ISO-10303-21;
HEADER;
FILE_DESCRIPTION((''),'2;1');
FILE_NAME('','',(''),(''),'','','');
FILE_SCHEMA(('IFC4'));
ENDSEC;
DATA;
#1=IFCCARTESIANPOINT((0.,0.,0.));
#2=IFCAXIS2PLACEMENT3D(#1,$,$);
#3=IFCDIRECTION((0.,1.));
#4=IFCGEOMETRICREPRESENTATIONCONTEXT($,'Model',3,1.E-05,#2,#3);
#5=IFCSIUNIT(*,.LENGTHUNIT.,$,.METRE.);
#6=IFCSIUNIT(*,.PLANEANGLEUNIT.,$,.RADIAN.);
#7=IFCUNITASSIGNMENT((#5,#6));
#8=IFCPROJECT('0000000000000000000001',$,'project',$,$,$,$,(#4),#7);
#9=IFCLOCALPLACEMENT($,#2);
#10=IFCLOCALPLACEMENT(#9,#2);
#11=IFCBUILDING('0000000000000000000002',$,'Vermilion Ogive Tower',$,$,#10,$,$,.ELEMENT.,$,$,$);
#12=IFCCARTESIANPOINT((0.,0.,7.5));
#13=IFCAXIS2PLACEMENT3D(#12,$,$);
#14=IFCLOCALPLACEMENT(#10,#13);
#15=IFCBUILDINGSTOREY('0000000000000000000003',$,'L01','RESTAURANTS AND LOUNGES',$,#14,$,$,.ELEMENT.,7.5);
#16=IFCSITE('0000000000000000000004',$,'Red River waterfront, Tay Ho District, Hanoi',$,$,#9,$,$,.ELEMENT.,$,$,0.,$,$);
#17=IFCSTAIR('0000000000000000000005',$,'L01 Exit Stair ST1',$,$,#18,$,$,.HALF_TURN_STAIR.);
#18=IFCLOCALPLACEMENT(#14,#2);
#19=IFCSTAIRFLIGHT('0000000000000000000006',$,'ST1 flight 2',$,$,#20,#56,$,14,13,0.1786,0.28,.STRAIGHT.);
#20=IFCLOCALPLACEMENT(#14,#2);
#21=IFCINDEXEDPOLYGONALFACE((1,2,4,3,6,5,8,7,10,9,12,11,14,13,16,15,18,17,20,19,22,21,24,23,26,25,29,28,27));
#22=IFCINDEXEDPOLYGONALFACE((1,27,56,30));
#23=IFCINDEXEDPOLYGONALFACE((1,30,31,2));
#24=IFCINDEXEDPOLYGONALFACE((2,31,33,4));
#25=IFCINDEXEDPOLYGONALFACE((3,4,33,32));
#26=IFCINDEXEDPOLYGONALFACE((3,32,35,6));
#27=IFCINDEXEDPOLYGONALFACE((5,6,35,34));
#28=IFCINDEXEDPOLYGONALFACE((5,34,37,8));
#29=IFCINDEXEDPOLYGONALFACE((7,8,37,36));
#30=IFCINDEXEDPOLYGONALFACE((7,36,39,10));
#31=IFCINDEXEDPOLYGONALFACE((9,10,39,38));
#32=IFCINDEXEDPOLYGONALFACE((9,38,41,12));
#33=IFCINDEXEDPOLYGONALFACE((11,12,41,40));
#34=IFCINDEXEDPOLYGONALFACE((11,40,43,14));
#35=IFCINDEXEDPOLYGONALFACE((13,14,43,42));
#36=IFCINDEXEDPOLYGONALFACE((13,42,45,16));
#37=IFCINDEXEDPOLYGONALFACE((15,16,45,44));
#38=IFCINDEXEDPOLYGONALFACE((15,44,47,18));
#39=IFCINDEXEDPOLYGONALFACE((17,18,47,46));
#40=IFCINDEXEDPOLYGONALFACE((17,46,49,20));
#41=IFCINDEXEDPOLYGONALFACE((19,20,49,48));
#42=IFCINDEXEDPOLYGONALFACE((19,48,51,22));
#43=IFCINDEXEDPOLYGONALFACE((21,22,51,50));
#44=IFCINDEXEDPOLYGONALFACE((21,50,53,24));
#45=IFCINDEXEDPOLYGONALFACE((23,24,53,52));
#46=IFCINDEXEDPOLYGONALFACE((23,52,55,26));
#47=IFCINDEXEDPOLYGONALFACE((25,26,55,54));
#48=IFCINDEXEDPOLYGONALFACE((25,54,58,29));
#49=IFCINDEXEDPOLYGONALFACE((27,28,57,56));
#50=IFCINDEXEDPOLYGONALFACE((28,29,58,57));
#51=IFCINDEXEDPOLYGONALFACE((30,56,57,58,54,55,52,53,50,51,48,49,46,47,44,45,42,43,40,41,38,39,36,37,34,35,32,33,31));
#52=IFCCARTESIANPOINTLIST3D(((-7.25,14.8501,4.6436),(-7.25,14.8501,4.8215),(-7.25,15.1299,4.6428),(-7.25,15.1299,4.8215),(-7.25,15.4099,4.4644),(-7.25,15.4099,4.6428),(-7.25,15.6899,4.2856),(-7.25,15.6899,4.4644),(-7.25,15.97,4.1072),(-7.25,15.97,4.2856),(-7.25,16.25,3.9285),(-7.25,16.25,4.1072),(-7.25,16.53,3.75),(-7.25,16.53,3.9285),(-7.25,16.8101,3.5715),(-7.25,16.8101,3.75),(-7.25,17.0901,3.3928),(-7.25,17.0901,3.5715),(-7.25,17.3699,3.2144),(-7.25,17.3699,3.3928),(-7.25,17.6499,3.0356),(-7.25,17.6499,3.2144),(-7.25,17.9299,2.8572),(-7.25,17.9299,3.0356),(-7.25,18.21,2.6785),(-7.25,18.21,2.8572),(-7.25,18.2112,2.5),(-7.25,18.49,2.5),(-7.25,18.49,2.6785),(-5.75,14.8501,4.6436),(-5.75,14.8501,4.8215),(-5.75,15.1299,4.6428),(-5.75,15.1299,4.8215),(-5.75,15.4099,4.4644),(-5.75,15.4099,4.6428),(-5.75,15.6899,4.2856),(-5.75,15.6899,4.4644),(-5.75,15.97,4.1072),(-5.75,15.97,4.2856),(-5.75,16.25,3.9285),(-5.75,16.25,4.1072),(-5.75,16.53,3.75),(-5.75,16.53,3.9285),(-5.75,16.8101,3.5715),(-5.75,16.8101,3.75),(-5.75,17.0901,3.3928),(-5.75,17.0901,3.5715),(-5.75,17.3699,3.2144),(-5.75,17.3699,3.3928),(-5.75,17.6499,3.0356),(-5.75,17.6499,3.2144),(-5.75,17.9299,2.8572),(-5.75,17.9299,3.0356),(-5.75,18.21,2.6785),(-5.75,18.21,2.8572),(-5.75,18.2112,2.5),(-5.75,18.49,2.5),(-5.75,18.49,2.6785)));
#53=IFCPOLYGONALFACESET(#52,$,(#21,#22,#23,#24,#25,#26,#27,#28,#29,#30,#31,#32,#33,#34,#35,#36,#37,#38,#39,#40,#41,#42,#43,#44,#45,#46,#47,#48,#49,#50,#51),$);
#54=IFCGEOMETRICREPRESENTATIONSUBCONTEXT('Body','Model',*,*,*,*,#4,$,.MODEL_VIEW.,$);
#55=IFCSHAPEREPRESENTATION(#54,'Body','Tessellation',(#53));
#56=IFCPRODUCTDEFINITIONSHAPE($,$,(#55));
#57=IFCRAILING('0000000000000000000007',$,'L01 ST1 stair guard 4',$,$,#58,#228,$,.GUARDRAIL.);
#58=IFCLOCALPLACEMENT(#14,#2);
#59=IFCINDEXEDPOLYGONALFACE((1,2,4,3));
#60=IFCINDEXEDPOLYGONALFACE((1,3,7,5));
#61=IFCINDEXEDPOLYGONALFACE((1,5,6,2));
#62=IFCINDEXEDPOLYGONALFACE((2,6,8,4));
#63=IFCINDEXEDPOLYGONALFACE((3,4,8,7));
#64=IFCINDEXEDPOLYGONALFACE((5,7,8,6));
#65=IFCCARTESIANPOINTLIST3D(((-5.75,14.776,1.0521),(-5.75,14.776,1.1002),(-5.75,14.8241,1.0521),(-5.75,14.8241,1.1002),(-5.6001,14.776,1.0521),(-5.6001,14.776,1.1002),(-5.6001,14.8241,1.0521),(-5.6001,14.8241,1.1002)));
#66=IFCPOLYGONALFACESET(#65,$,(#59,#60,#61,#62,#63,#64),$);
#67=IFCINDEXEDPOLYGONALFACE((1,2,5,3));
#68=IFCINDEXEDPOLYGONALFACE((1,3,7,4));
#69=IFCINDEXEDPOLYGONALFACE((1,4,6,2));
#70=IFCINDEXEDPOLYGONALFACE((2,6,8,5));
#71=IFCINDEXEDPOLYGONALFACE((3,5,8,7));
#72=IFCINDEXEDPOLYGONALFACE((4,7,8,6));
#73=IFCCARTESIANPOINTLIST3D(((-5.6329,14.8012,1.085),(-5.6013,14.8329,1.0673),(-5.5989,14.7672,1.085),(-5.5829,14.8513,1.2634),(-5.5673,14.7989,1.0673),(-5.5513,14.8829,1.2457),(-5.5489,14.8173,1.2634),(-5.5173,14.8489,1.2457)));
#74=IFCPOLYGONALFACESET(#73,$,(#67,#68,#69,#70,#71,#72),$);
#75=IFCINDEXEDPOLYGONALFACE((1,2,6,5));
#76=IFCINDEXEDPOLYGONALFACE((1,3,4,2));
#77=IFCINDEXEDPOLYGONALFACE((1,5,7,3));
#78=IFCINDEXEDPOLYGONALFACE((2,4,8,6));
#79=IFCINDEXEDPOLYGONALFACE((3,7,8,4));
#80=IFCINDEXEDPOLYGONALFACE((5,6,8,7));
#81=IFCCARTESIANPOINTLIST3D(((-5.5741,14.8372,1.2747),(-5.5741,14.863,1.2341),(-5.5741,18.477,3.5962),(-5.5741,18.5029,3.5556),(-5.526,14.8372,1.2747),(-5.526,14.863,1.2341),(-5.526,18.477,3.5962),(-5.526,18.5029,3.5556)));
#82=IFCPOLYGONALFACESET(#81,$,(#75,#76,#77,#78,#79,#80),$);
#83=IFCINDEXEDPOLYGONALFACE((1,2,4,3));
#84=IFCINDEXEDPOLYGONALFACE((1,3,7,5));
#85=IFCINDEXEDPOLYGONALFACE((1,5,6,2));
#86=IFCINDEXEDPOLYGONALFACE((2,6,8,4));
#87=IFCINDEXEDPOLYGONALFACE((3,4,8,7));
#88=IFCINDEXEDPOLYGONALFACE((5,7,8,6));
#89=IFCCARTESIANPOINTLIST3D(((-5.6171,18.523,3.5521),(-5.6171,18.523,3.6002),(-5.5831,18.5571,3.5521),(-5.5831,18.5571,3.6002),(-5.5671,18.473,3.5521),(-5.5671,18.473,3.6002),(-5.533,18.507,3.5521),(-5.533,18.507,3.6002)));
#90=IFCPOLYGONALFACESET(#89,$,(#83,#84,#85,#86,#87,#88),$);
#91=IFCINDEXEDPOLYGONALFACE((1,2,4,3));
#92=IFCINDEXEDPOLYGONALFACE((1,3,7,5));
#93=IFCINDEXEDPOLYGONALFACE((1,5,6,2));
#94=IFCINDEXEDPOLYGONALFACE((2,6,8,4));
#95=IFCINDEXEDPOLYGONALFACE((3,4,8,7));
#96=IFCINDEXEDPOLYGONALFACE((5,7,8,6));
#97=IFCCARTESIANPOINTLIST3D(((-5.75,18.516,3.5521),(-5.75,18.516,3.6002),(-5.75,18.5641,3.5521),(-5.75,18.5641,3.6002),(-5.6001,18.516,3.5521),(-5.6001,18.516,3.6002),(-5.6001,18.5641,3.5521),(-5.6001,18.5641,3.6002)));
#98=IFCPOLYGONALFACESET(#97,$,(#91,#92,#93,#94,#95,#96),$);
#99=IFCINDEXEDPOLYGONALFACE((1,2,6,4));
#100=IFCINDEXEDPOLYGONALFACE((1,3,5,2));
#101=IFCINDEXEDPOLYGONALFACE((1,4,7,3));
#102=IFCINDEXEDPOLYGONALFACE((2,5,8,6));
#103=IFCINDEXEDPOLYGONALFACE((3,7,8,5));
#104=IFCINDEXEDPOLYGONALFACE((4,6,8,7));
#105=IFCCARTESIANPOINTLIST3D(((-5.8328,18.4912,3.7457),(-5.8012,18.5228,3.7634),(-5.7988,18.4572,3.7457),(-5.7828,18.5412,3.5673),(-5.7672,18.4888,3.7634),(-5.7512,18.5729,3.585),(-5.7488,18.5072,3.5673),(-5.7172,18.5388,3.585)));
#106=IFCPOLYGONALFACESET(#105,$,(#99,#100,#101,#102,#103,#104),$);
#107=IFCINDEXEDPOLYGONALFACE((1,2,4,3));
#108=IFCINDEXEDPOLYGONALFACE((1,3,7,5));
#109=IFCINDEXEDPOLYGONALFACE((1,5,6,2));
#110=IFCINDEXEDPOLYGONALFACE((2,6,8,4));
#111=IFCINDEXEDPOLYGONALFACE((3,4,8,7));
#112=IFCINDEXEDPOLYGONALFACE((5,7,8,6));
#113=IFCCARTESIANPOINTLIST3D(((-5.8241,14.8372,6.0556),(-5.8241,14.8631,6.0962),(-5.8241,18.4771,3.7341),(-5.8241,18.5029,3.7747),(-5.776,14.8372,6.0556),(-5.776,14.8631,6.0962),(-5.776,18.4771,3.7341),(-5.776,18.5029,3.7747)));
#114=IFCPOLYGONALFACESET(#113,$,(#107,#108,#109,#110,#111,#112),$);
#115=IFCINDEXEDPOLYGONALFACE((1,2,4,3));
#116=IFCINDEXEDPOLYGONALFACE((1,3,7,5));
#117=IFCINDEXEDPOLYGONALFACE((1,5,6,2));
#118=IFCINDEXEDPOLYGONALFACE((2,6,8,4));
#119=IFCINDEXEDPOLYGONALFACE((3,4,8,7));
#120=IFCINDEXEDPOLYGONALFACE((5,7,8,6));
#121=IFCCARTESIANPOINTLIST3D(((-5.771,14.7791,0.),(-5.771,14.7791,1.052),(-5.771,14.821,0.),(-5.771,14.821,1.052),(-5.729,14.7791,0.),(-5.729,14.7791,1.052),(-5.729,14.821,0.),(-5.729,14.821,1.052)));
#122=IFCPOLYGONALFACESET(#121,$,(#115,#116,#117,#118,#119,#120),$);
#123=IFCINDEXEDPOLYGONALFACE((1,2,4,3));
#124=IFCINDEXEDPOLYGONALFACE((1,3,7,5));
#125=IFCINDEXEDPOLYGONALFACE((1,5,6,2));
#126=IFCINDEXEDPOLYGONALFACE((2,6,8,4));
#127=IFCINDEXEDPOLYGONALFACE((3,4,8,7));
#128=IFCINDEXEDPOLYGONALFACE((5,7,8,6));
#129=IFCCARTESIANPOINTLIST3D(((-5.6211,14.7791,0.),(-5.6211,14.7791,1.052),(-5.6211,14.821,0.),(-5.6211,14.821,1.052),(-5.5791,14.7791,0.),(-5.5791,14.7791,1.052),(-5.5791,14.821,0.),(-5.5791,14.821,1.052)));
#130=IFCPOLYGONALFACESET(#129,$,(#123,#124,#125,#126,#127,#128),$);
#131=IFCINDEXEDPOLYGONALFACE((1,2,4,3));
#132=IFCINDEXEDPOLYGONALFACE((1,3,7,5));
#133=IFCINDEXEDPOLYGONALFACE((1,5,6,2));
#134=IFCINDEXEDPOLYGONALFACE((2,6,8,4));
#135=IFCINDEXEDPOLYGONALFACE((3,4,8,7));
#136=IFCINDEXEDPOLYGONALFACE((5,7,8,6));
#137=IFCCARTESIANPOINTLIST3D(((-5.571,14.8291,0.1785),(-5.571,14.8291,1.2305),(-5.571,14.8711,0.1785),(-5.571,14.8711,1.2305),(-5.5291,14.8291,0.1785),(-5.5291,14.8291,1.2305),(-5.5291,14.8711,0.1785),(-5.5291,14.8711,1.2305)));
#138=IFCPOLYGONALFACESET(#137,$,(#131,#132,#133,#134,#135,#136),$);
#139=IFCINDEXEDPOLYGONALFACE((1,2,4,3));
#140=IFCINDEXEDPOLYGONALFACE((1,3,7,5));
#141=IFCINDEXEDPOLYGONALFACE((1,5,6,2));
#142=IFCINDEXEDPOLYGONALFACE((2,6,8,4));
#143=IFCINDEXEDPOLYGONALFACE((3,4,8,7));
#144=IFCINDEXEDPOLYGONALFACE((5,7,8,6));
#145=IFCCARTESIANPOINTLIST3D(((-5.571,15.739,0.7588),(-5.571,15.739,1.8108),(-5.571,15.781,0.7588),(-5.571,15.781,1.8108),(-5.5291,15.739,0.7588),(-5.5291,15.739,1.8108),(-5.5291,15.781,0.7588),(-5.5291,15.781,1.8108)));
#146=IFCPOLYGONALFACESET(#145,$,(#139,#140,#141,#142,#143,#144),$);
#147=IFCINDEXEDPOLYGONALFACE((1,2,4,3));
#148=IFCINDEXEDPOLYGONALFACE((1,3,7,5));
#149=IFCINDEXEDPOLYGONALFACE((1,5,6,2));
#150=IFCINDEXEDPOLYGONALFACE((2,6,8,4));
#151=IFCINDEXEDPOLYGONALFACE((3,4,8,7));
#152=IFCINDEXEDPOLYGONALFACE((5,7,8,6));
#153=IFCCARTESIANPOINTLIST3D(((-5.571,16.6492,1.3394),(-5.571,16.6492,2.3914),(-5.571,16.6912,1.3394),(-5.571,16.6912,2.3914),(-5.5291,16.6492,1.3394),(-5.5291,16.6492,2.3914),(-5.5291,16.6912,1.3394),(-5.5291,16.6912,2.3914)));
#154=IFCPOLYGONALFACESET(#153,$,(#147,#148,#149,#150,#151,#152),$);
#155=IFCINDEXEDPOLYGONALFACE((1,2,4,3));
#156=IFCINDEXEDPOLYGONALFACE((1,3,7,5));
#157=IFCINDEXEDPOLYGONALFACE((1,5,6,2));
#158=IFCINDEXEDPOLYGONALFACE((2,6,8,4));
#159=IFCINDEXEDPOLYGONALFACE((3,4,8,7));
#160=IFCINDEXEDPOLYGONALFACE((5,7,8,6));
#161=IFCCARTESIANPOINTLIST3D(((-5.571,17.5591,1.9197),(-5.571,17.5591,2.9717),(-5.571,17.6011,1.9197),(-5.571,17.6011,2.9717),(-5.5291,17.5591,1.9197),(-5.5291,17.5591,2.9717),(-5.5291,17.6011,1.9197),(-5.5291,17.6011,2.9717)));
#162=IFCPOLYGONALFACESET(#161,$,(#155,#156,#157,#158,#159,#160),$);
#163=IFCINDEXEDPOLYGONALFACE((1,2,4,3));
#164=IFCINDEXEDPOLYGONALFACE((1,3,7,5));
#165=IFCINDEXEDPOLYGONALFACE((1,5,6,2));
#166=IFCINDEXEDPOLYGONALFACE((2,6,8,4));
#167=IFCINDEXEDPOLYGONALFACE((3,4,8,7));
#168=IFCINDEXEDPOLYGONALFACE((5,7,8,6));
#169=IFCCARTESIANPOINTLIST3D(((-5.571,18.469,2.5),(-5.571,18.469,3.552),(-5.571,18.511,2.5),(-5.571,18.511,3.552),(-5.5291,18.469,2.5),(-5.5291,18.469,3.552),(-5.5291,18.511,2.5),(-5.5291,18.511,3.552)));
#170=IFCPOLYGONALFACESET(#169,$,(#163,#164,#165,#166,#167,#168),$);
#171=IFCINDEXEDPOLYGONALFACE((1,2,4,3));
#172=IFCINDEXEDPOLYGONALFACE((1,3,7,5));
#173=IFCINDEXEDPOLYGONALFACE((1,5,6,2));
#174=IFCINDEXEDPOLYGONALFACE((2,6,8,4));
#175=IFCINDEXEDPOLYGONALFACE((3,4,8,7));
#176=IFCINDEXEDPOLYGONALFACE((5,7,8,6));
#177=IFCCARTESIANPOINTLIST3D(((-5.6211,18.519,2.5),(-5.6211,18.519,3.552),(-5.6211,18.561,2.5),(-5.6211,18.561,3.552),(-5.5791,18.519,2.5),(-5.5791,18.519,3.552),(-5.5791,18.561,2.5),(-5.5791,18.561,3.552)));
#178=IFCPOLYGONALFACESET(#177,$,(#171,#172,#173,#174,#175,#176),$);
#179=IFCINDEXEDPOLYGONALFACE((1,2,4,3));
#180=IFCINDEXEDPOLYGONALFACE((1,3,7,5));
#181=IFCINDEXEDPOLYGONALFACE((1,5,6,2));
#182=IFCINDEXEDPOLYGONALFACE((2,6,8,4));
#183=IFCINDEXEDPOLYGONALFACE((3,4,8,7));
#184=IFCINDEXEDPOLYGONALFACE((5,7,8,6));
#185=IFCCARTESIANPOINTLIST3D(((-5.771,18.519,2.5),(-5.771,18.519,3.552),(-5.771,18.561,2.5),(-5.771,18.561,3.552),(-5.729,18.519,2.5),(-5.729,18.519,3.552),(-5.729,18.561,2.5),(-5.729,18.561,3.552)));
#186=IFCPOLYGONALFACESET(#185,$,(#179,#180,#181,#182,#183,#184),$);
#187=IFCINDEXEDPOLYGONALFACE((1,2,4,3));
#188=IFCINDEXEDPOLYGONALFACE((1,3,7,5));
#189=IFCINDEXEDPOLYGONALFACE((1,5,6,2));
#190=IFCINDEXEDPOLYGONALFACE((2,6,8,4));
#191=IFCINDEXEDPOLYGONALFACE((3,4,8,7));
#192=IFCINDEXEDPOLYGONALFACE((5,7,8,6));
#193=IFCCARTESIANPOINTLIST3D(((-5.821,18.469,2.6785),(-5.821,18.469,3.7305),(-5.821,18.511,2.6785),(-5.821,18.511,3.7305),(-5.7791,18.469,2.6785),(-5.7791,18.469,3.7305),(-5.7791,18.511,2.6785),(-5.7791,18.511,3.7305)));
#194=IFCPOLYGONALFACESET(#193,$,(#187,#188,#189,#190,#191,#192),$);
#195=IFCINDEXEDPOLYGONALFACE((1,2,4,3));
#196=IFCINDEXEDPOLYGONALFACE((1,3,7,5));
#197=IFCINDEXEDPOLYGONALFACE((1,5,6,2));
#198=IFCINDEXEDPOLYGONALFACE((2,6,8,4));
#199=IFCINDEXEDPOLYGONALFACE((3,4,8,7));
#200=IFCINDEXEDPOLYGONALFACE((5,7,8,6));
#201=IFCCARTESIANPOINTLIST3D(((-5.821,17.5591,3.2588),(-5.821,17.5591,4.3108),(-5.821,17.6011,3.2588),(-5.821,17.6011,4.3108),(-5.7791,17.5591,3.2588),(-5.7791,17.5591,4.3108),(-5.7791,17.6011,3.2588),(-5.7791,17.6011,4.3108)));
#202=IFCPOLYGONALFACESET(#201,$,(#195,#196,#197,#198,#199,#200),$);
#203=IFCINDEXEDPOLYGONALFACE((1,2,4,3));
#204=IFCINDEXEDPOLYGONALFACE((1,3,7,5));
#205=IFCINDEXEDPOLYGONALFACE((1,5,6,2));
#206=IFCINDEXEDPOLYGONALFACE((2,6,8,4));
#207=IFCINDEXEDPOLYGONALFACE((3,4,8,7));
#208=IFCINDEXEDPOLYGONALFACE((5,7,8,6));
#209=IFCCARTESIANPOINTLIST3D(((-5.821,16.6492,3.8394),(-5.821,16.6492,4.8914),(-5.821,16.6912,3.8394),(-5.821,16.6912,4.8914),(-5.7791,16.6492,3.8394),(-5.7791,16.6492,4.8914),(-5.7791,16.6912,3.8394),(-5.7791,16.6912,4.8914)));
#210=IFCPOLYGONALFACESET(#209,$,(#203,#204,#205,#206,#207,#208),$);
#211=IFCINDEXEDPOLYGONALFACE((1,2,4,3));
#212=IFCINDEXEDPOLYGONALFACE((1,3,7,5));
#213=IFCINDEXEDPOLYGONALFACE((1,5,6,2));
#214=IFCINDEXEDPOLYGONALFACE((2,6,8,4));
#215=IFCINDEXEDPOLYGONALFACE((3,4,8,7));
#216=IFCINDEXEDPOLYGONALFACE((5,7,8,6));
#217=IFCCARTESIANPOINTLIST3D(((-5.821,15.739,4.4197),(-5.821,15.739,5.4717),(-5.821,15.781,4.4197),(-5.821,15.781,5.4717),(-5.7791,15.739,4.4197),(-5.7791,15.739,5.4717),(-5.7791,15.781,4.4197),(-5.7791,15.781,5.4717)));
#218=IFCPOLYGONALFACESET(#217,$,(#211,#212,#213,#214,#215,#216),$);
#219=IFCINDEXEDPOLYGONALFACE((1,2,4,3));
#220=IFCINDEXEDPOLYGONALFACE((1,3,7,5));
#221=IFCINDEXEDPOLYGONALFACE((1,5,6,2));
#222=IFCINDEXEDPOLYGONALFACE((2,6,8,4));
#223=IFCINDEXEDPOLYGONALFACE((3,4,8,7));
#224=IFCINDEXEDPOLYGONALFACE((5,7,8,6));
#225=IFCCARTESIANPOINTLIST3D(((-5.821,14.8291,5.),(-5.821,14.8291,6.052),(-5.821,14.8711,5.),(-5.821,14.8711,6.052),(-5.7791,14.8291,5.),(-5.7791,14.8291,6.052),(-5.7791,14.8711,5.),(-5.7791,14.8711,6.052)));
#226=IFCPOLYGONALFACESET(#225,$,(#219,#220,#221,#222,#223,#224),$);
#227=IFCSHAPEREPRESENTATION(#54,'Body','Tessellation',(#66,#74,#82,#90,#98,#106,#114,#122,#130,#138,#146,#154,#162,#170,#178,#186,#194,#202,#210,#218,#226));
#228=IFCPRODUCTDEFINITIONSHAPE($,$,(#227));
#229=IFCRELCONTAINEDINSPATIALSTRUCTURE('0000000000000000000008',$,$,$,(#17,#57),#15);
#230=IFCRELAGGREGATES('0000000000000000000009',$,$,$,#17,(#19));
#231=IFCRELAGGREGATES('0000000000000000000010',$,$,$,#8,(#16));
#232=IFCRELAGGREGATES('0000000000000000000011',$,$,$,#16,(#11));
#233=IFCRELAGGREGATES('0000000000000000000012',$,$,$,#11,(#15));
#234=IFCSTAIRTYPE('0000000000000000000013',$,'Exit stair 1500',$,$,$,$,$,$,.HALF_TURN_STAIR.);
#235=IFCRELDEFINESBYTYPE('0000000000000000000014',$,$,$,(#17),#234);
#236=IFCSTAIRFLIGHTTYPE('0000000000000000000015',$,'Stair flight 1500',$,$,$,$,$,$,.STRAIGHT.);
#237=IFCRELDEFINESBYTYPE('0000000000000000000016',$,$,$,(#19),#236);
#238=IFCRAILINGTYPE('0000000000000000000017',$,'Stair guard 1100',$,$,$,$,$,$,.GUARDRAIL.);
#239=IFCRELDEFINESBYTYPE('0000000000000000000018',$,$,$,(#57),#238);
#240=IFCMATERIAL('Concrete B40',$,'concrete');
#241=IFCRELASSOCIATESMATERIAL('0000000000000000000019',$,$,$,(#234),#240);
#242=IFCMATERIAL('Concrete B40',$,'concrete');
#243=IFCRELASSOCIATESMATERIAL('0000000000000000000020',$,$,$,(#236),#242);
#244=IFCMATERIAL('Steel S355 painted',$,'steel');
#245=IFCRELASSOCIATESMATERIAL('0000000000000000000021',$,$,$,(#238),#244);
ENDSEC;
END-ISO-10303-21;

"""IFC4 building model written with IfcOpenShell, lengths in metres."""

from ifc_helpers import new_model, si_unit, direction, frame, origin, origin_2d, place, context, subcontext, project, spatial, polyline, rectangle, outline, extrude, material, type_object, element, aggregate, save


model = new_model("IFC4")

# Units and contexts
model_context = context("Model", 3, precision=1e-05, world=origin(), true_north=direction((0.0, 1.0)))
body_context = subcontext(model_context, "Body", "Model", "MODEL_VIEW")
ifc_project = project(units=[si_unit("LENGTHUNIT", "METRE"), si_unit("PLANEANGLEUNIT", "RADIAN")], contexts=[model_context])

# Site, building, storey
site_placement = place(None, origin())
site = spatial("IfcSite", under=ifc_project, at=site_placement, Name="Red River waterfront, Tay Ho District, Hanoi", CompositionType="ELEMENT", RefElevation=0.0)
building_placement = place(site_placement, origin())
building = spatial("IfcBuilding", under=site, at=building_placement, Name="Vermilion Ogive Tower", CompositionType="ELEMENT")
storey_placement = place(building_placement, frame((0.0, 0.0, 7.5)))
storey = spatial("IfcBuildingStorey", under=building, at=storey_placement, Name="L01", Description="RESTAURANTS AND LOUNGES", CompositionType="ELEMENT", Elevation=7.5)

# Stair, stair flight
ifc_material_1 = material(Name="Concrete B40", Category="concrete")
stair_type = type_object("IfcStairType", Name="Exit stair 1500", PredefinedType="HALF_TURN_STAIR", material=ifc_material_1)
stair_placement = place(storey_placement, origin())
stair = element("IfcStair", 1, at=stair_placement, inside=storey, type_object=stair_type, Name="L01 Exit Stair ST1", PredefinedType="HALF_TURN_STAIR")
ifc_material_2 = material(Name="Concrete B40", Category="concrete")
stair_flight_type = type_object("IfcStairFlightType", Name="Stair flight 1500", PredefinedType="STRAIGHT", material=ifc_material_2)
stair_flight_1_placement = place(storey_placement, frame((-6.5, 18.49, 2.5), z_axis=(0.0, 0.0, 1.0), x_axis=(0.0, -1.0, 0.0)))
stair_flight_1 = element("IfcStairFlight", 2, at=stair_flight_1_placement, type_object=stair_flight_type, Name="ST1 flight 2", NumberOfRisers=14, NumberOfTreads=13, PredefinedType="STRAIGHT", RiserHeight=0.1786, TreadLength=0.28, context=body_context, shape_type="SweptSolid", body=[
    extrude(outline(polyline([(0.0, 0.0), (0.0, 0.1785), (0.28, 0.1785), (0.28, 0.3572), (0.5601, 0.3572), (0.5601, 0.5356), (0.8401, 0.5356), (0.8401, 0.7144), (1.1201, 0.7144), (1.1201, 0.8928), (1.3999, 0.8928), (1.3999, 1.0715), (1.6799, 1.0715), (1.6799, 1.25), (1.96, 1.25), (1.96, 1.4285), (2.24, 1.4285), (2.24, 1.6072), (2.52, 1.6072), (2.52, 1.7856), (2.8, 1.7856), (2.8, 1.9644), (3.0801, 1.9644), (3.0801, 2.1428), (3.3601, 2.1428), (3.3601, 2.3215), (3.6399, 2.3215), (3.6399, 2.5), (3.6399, 2.1436), (0.2788, 0.0), (0.0, 0.0)])), frame((0.0, 0.75, 0.0), z_axis=(0.0, -1.0, 0.0), x_axis=(1.0, 0.0, 0.0)), (0.0, 0.0, 1.0), 1.5),
])
aggregate(stair, [stair_flight_1])

# Railing
ifc_material_3 = material(Name="Steel S355 painted", Category="steel")
railing_type_1 = type_object("IfcRailingType", Name="Stair guard 1100", PredefinedType="GUARDRAIL", material=ifc_material_3)
railing_1_placement = place(storey_placement, frame((-5.75, 14.8, 0.0)))
element("IfcRailing", 3, at=railing_1_placement, inside=storey, type_object=railing_type_1, Name="L01 ST1 stair guard 4", PredefinedType="GUARDRAIL", context=body_context, shape_type="SweptSolid", body=[
    extrude(rectangle(XDim=0.0481, YDim=0.0481, at=origin_2d()), frame((0.0, 0.0, 1.0762), z_axis=(1.0, 0.0, 0.0), x_axis=(0.0, 1.0, 0.0)), (0.0, 0.0, 1.0), 0.1499),
    extrude(rectangle(XDim=0.0481, YDim=0.0481, at=origin_2d()), frame((0.1499, 0.0, 1.0762), z_axis=(0.260685, 0.260685, 0.929563), x_axis=(-0.707107, 0.707107, 0.0)), (0.0, 0.0, 1.0), 0.1919),
    extrude(rectangle(XDim=0.0481, YDim=0.0481, at=origin_2d()), frame((0.2, 0.05, 1.2544), z_axis=(0.0, 0.843112, 0.537739), x_axis=(-1.0, 0.0, 0.0)), (0.0, 0.0, 1.0), 4.3171),
    extrude(rectangle(XDim=0.0481, YDim=0.0481, at=origin_2d()), frame((0.2, 3.6899, 3.5762), z_axis=(-0.707107, 0.707107, 0.0), x_axis=(-0.707107, -0.707107, 0.0)), (0.0, 0.0, 1.0), 0.0708),
    extrude(rectangle(XDim=0.0481, YDim=0.0481, at=origin_2d()), frame((0.1499, 3.74, 3.5762), z_axis=(-1.0, 0.0, 0.0), x_axis=(0.0, -1.0, 0.0)), (0.0, 0.0, 1.0), 0.1499),
    extrude(rectangle(XDim=0.0481, YDim=0.0481, at=origin_2d()), frame((0.0, 3.74, 3.5762), z_axis=(-0.260685, -0.260685, 0.929563), x_axis=(0.707107, -0.707107, 0.0)), (0.0, 0.0, 1.0), 0.1919),
    extrude(rectangle(XDim=0.0481, YDim=0.0481, at=origin_2d()), frame((-0.05, 3.6899, 3.7544), z_axis=(0.0, -0.843112, 0.537739), x_axis=(1.0, 0.0, 0.0)), (0.0, 0.0, 1.0), 4.3171),
    extrude(rectangle(XDim=0.042, YDim=0.042, at=origin_2d()), origin(), (0.0, 0.0, 1.0), 1.052),
    extrude(rectangle(XDim=0.042, YDim=0.042, at=origin_2d()), frame((0.1499, 0.0, 0.0)), (0.0, 0.0, 1.0), 1.052),
    extrude(rectangle(XDim=0.042, YDim=0.042, at=origin_2d()), frame((0.2, 0.05, 0.1785)), (0.0, 0.0, 1.0), 1.052),
    extrude(rectangle(XDim=0.042, YDim=0.042, at=origin_2d()), frame((0.2, 0.96, 0.7588)), (0.0, 0.0, 1.0), 1.052),
    extrude(rectangle(XDim=0.042, YDim=0.042, at=origin_2d()), frame((0.2, 1.8701, 1.3394)), (0.0, 0.0, 1.0), 1.052),
    extrude(rectangle(XDim=0.042, YDim=0.042, at=origin_2d()), frame((0.2, 2.78, 1.9197)), (0.0, 0.0, 1.0), 1.052),
    extrude(rectangle(XDim=0.042, YDim=0.042, at=origin_2d()), frame((0.2, 3.6899, 2.5)), (0.0, 0.0, 1.0), 1.052),
    extrude(rectangle(XDim=0.042, YDim=0.042, at=origin_2d()), frame((0.1499, 3.74, 2.5)), (0.0, 0.0, 1.0), 1.052),
    extrude(rectangle(XDim=0.042, YDim=0.042, at=origin_2d()), frame((0.0, 3.74, 2.5)), (0.0, 0.0, 1.0), 1.052),
    extrude(rectangle(XDim=0.042, YDim=0.042, at=origin_2d()), frame((-0.05, 3.6899, 2.6785)), (0.0, 0.0, 1.0), 1.052),
    extrude(rectangle(XDim=0.042, YDim=0.042, at=origin_2d()), frame((-0.05, 2.78, 3.2588)), (0.0, 0.0, 1.0), 1.052),
    extrude(rectangle(XDim=0.042, YDim=0.042, at=origin_2d()), frame((-0.05, 1.8701, 3.8394)), (0.0, 0.0, 1.0), 1.052),
    extrude(rectangle(XDim=0.042, YDim=0.042, at=origin_2d()), frame((-0.05, 0.96, 4.4197)), (0.0, 0.0, 1.0), 1.052),
    extrude(rectangle(XDim=0.042, YDim=0.042, at=origin_2d()), frame((-0.05, 0.05, 5.0)), (0.0, 0.0, 1.0), 1.052),
])

save(model, "model.ifc")
